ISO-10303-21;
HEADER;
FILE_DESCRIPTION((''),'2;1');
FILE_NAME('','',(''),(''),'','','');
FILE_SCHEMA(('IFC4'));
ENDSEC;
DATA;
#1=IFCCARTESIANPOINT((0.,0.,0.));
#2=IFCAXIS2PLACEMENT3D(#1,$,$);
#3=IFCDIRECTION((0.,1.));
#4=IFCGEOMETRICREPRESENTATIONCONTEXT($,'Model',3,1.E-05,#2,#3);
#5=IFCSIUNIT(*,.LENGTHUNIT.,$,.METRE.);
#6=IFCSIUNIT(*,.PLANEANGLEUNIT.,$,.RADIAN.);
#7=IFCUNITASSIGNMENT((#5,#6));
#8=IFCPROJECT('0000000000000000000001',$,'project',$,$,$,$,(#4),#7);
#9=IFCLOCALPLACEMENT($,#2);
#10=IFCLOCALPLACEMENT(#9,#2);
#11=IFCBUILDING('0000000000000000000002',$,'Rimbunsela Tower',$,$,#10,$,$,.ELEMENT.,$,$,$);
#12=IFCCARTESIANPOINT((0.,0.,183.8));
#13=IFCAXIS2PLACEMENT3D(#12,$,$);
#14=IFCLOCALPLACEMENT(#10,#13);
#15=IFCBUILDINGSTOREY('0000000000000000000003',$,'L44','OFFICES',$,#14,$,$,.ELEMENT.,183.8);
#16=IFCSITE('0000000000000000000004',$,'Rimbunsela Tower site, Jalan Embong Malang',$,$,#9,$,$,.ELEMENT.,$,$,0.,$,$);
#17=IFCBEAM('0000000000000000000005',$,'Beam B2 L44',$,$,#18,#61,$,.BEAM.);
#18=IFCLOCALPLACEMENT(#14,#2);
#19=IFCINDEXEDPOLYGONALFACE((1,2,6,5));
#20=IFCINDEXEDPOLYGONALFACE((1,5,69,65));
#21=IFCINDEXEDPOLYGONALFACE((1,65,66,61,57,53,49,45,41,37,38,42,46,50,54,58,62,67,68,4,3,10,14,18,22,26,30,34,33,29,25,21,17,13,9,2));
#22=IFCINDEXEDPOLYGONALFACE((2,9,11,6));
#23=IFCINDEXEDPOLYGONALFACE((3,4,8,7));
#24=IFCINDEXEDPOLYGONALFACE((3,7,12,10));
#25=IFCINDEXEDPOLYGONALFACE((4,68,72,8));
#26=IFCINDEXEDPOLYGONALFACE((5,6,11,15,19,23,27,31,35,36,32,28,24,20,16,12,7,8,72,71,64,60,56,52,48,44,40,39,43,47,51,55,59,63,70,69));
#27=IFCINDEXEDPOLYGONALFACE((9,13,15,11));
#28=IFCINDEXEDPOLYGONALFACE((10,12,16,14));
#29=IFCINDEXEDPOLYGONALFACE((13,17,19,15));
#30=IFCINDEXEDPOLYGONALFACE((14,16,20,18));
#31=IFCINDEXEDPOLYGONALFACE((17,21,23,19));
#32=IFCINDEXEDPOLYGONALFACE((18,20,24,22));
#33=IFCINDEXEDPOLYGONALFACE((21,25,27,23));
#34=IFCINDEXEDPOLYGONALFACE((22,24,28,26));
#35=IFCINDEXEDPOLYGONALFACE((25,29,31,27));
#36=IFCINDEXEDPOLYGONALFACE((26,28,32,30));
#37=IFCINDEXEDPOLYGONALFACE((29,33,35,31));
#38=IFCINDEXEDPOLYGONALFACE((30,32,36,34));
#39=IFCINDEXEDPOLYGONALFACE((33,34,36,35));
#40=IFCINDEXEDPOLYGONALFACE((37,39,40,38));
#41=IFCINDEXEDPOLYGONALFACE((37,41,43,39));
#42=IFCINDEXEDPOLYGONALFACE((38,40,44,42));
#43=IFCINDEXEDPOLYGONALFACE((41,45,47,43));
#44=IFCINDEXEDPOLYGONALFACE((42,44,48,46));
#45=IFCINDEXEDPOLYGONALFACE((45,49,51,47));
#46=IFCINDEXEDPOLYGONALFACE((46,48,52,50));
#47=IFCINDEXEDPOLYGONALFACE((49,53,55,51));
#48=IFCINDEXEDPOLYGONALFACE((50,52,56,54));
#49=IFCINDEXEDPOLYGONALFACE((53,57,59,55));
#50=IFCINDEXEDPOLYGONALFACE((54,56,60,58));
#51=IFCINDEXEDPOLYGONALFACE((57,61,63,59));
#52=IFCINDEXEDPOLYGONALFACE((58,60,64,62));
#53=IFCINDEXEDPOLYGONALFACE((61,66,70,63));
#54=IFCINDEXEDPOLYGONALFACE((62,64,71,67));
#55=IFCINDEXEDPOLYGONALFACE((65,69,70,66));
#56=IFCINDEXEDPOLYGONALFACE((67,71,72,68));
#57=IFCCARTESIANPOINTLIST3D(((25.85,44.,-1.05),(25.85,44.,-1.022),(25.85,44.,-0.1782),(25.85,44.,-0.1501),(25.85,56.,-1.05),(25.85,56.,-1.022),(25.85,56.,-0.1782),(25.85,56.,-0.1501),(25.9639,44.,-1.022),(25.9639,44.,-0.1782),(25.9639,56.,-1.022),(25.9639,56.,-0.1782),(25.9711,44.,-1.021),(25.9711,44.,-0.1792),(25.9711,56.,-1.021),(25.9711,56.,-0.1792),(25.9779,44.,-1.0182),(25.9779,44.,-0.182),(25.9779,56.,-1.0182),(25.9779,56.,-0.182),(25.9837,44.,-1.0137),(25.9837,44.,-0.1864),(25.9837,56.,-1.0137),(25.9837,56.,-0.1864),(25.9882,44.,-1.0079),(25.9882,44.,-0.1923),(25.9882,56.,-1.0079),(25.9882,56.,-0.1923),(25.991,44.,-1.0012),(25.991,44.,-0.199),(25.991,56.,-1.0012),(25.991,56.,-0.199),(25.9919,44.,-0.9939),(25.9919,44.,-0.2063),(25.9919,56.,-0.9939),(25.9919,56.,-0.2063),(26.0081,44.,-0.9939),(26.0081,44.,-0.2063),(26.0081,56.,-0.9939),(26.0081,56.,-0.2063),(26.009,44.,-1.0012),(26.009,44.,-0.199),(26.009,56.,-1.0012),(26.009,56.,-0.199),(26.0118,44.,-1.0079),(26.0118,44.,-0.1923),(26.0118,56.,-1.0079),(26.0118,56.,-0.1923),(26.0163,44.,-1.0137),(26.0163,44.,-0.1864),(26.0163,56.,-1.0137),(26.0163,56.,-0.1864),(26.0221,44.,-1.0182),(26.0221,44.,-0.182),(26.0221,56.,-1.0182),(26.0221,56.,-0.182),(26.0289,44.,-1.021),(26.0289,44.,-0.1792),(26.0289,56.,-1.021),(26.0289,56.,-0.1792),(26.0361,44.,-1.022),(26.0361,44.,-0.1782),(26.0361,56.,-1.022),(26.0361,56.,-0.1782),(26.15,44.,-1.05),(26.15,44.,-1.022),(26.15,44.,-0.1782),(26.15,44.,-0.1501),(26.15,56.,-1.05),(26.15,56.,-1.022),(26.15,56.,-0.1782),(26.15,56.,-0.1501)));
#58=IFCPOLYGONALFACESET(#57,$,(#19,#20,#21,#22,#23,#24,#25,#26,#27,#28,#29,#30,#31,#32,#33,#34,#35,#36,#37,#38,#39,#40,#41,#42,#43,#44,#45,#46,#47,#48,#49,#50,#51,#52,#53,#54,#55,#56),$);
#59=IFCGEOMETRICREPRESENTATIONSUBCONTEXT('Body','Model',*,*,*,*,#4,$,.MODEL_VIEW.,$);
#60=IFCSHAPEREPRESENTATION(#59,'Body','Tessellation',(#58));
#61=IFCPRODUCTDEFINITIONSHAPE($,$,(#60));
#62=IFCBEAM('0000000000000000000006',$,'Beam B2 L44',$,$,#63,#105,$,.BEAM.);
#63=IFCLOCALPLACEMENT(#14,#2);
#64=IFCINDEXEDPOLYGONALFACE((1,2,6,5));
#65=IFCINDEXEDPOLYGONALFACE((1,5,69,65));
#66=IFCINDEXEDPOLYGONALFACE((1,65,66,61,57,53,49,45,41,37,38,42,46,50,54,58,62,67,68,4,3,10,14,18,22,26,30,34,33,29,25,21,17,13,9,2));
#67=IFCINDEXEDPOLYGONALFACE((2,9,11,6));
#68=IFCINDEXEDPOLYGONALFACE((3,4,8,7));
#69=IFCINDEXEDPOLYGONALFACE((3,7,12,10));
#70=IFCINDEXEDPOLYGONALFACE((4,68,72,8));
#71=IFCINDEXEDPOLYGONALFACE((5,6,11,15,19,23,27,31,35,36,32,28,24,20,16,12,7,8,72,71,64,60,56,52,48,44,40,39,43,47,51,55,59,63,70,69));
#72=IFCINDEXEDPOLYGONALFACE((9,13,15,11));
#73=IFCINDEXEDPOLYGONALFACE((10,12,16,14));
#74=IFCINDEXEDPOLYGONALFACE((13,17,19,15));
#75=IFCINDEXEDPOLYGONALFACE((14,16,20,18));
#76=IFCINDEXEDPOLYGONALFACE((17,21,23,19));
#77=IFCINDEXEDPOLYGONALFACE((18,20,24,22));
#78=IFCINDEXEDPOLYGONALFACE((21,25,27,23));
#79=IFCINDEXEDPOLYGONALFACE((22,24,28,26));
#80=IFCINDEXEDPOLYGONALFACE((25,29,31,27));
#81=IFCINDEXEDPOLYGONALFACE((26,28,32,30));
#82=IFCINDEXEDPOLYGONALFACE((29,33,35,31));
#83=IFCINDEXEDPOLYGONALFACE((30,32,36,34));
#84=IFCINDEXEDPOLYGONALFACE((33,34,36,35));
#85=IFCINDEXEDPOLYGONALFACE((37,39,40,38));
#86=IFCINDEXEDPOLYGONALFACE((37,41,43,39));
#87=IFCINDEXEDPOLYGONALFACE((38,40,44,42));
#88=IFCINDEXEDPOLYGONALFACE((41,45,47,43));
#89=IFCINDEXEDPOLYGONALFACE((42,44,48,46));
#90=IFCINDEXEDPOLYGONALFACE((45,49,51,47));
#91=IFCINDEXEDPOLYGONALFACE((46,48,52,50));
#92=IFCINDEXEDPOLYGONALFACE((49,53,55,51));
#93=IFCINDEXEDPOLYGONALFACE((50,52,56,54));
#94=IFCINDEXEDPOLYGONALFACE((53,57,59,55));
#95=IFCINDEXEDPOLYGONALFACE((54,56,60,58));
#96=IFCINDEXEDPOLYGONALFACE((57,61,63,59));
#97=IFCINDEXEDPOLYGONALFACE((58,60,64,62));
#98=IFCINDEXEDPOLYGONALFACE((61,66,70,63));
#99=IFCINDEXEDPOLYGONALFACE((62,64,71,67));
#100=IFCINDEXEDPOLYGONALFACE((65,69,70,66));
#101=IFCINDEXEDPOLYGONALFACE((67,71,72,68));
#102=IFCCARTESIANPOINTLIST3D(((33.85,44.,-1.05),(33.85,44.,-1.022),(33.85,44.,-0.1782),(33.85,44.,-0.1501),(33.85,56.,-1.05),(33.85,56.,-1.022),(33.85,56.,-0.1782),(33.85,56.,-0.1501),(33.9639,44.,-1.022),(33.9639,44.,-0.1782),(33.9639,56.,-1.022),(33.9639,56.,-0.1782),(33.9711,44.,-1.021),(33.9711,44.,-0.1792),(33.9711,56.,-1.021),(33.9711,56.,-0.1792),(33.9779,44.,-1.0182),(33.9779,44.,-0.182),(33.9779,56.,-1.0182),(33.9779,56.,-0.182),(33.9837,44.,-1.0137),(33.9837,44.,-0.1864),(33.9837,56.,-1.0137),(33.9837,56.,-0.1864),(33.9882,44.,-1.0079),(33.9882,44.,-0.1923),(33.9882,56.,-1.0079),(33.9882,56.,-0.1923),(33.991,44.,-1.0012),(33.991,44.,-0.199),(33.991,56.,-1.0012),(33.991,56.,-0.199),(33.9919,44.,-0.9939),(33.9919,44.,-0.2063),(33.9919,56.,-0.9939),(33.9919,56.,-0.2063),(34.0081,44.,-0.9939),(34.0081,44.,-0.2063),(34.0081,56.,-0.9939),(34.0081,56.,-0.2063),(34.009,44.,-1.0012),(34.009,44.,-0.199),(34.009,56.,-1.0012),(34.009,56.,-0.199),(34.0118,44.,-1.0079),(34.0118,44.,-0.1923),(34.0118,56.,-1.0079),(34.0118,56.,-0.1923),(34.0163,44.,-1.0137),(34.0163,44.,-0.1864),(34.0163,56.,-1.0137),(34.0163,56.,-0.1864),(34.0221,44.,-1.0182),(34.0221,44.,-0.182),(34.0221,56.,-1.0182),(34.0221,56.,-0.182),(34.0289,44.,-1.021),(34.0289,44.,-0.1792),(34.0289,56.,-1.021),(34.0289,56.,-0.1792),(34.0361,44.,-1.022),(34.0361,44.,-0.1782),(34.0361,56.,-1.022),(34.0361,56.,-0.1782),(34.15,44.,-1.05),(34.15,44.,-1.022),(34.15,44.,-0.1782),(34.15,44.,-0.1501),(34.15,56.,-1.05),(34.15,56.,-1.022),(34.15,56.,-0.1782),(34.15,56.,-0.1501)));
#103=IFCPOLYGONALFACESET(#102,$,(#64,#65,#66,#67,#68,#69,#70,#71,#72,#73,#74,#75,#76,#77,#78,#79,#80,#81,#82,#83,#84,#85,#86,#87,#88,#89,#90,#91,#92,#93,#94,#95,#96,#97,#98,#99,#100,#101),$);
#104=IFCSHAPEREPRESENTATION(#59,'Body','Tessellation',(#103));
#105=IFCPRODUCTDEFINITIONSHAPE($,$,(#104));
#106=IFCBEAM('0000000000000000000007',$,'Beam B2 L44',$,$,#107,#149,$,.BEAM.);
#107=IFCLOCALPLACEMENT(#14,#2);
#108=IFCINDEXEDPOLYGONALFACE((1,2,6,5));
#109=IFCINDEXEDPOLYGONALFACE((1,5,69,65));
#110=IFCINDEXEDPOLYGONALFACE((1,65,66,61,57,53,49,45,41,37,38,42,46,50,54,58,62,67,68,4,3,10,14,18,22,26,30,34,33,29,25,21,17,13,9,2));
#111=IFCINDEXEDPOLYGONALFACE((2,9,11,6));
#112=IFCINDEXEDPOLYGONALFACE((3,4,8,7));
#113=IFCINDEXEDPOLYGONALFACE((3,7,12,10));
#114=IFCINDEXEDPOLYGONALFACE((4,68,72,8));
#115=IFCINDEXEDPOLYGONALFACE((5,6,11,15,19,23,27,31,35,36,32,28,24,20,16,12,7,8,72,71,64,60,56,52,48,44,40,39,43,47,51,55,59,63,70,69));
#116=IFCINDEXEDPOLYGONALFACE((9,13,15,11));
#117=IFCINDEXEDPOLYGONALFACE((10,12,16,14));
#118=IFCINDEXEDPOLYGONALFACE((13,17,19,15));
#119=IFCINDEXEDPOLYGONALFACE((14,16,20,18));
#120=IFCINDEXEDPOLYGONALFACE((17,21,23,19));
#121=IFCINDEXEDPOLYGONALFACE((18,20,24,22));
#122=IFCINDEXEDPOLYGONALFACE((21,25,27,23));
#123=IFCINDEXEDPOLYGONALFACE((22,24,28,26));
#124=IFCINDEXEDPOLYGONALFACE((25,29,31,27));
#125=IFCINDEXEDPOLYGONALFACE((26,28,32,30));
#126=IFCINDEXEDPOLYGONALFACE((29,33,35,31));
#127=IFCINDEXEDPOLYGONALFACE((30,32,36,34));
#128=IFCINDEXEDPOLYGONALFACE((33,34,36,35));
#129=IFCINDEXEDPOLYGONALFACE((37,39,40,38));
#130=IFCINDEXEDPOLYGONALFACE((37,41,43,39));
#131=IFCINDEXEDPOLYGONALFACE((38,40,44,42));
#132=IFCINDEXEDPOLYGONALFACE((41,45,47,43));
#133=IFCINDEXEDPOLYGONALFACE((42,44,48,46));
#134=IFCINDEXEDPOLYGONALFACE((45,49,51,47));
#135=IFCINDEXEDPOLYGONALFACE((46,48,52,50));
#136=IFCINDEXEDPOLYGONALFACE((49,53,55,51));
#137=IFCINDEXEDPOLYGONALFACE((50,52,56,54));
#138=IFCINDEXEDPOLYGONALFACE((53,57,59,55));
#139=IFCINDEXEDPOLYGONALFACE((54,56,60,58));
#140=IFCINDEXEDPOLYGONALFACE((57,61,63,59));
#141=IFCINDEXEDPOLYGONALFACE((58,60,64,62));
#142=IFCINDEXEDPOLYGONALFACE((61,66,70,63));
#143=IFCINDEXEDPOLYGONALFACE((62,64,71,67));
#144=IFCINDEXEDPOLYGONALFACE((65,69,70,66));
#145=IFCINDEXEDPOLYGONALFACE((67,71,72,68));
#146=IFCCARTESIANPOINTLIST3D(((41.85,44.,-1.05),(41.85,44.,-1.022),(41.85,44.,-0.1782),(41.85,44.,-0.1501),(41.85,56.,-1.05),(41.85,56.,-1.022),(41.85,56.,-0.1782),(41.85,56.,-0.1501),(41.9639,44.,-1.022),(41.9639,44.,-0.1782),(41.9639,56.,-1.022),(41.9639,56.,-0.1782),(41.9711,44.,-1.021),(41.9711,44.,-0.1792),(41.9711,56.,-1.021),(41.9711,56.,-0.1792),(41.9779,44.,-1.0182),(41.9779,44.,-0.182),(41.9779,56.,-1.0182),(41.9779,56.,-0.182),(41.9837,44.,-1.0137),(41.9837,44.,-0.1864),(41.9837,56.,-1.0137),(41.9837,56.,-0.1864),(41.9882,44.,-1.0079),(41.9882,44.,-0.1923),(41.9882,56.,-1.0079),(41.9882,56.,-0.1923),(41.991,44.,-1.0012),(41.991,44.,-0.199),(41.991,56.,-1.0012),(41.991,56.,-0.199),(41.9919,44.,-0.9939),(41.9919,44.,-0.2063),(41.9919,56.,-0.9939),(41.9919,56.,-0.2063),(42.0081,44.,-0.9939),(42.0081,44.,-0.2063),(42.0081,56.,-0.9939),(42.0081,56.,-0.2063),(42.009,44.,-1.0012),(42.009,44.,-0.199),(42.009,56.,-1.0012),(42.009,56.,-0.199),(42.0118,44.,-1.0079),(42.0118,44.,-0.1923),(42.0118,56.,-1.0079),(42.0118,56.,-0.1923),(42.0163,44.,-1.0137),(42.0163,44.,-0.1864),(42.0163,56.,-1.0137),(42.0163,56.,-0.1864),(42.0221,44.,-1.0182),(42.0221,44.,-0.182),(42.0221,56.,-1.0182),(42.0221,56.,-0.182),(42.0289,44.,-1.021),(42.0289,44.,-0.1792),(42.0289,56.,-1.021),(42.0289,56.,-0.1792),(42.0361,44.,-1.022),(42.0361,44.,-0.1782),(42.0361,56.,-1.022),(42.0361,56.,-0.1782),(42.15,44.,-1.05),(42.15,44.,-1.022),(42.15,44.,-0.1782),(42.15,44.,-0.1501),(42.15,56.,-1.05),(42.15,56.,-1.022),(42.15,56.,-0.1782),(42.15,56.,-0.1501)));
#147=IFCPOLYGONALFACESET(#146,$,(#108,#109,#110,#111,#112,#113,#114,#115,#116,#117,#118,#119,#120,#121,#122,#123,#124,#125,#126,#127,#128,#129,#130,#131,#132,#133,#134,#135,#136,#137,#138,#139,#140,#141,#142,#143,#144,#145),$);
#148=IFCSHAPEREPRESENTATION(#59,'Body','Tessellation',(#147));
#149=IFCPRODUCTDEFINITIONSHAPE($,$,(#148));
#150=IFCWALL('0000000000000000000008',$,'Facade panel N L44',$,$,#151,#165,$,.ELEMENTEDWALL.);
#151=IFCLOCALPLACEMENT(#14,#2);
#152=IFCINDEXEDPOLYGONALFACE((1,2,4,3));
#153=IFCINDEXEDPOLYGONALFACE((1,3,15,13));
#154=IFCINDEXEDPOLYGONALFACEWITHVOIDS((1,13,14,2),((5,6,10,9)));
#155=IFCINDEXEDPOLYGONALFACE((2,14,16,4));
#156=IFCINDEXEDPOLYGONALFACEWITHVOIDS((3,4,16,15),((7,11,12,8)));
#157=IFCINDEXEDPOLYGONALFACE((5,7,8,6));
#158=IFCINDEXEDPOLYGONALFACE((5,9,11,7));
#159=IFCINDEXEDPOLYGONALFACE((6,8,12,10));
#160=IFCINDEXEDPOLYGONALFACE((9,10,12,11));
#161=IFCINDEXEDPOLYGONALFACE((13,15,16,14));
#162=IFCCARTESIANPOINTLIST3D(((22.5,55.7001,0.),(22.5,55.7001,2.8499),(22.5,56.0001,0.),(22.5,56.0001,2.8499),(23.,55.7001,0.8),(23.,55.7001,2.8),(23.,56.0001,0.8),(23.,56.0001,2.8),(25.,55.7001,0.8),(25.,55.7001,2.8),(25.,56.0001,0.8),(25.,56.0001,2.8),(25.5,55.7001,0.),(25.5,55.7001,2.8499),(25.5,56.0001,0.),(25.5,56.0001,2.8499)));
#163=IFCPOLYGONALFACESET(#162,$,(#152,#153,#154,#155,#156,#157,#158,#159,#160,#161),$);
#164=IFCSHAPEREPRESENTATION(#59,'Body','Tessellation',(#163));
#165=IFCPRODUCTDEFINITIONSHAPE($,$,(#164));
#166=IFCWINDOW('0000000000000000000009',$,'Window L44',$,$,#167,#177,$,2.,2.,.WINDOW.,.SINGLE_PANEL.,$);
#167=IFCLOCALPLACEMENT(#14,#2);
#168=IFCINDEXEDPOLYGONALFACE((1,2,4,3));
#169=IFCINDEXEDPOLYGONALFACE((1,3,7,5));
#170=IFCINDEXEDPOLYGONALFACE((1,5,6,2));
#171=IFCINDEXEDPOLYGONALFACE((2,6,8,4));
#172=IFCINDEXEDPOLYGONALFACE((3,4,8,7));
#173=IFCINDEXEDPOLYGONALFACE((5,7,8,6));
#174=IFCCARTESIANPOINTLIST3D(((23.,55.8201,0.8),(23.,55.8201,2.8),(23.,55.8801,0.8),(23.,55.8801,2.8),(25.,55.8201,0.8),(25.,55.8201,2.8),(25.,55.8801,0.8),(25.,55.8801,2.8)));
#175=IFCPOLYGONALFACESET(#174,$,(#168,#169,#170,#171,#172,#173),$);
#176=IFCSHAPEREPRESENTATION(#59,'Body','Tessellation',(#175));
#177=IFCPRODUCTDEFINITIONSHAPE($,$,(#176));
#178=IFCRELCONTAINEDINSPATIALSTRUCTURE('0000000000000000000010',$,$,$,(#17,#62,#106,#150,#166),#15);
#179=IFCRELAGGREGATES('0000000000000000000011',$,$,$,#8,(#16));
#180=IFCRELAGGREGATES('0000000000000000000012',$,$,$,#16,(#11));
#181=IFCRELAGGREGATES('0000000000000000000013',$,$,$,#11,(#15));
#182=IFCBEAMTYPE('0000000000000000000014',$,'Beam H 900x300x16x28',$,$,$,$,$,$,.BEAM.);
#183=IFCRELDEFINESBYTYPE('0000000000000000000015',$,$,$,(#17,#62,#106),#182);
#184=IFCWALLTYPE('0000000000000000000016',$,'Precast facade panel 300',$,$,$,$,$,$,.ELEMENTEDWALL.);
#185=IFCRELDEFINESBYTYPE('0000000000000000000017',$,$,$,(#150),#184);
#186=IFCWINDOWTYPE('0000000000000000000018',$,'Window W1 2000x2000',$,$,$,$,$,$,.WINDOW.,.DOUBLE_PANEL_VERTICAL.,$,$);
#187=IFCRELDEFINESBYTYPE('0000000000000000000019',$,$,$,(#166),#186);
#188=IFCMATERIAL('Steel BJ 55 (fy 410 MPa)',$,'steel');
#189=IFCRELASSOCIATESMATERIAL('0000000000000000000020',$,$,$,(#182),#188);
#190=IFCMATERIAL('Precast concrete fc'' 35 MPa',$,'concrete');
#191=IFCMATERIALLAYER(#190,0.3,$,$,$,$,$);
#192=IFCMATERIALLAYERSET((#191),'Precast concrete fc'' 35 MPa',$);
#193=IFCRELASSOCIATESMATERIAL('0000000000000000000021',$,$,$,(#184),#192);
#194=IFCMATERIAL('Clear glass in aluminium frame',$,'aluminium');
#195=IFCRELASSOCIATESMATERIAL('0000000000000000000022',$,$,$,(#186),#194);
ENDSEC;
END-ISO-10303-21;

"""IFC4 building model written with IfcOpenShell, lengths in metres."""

from ifc_helpers import new_model, si_unit, direction, frame, frame_2d, origin, origin_2d, place, context, subcontext, project, spatial, rectangle, i_section, extrude, material, layer, layer_set, material_profile, profile_set, type_object, element, fill, save


model = new_model("IFC4")

# Units and contexts
model_context = context("Model", 3, precision=1e-05, world=origin(), true_north=direction((0.0, 1.0)))
body_context = subcontext(model_context, "Body", "Model", "MODEL_VIEW")
ifc_project = project(units=[si_unit("LENGTHUNIT", "METRE"), si_unit("PLANEANGLEUNIT", "RADIAN")], contexts=[model_context])

# Site, building, storey
site_placement = place(None, origin())
site = spatial("IfcSite", under=ifc_project, at=site_placement, Name="Rimbunsela Tower site, Jalan Embong Malang", CompositionType="ELEMENT", RefElevation=0.0)
building_placement = place(site_placement, origin())
building = spatial("IfcBuilding", under=site, at=building_placement, Name="Rimbunsela Tower", CompositionType="ELEMENT")
storey_placement = place(building_placement, frame((0.0, 0.0, 183.8)))
storey = spatial("IfcBuildingStorey", under=building, at=storey_placement, Name="L44", Description="OFFICES", CompositionType="ELEMENT", Elevation=183.8)

# Beams
ifc_material_1 = material(Name="Steel BJ 55 (fy 410 MPa)", Category="steel")
ifc_material_profile_1 = material_profile(ifc_material_1, i_section(OverallWidth=0.3, OverallDepth=0.8999, WebThickness=0.0161, FlangeThickness=0.0281, FilletRadius=0.0281, at=origin_2d()), Name="H 900x300x16x28")
ifc_profile_set_1 = profile_set([ifc_material_profile_1], Name="Steel BJ 55 (fy 410 MPa)")
beam_type_1 = type_object("IfcBeamType", Name="Beam H 900x300x16x28", PredefinedType="BEAM", material=ifc_profile_set_1)
for number, where, z_axis, x_axis, name in (
    (1, (26.0, 44.0, -0.6001), (0.0, 1.0, 0.0), (-1.0, 0.0, 0.0), "Beam B2 L44"),
    (2, (34.0, 44.0, -0.6001), (0.0, 1.0, 0.0), (-1.0, 0.0, 0.0), "Beam B2 L44"),
    (3, (42.0, 44.0, -0.6001), (0.0, 1.0, 0.0), (-1.0, 0.0, 0.0), "Beam B2 L44"),
):
    element("IfcBeam", number, at=place(storey_placement, frame(where, z_axis=z_axis, x_axis=x_axis)), inside=storey, type_object=beam_type_1, Name=name, PredefinedType="BEAM", context=body_context, shape_type="SweptSolid", body=[
        extrude(i_section(OverallWidth=0.3, OverallDepth=0.8999, WebThickness=0.0161, FlangeThickness=0.0281, FilletRadius=0.0281, at=origin_2d()), origin(), (0.0, 0.0, 1.0), 12.0),
    ])

# Wall, opening, window
ifc_material_2 = material(Name="Precast concrete fc' 35 MPa", Category="concrete")
ifc_layer_1 = layer(ifc_material_2, 0.3)
ifc_layer_set_1 = layer_set([ifc_layer_1], Name="Precast concrete fc' 35 MPa")
wall_type_1 = type_object("IfcWallType", Name="Precast facade panel 300", PredefinedType="ELEMENTEDWALL", material=ifc_layer_set_1)
wall_1_placement = place(storey_placement, frame((25.5, 55.8501, 0.0), z_axis=(0.0, 0.0, 1.0), x_axis=(-1.0, 0.0, 0.0)))
wall_1 = element("IfcWall", 4, at=wall_1_placement, inside=storey, type_object=wall_type_1, Name="Facade panel N L44", PredefinedType="ELEMENTEDWALL", context=body_context, shape_type="SweptSolid", body=[
    extrude(rectangle(XDim=3.0, YDim=0.3, at=frame_2d((1.5, 0.0))), origin(), (0.0, 0.0, 1.0), 2.8499),
])
opening_1_placement = place(wall_1_placement, frame((0.5, 0.0, 0.8)))
opening_1 = element("IfcOpeningElement", 5, at=opening_1_placement, cuts=wall_1, PredefinedType="OPENING", context=body_context, shape_type="SweptSolid", body=[
    extrude(rectangle(XDim=2.0, YDim=2.0, at=frame_2d((1.0, 1.0))), frame((0.0, 0.1599, 0.0), z_axis=(0.0, -1.0, 0.0), x_axis=(1.0, 0.0, 0.0)), (0.0, 0.0, 1.0), 0.3201),
])
ifc_material_3 = material(Name="Clear glass in aluminium frame", Category="aluminium")
window_type_1 = type_object("IfcWindowType", Name="Window W1 2000x2000", PartitioningType="DOUBLE_PANEL_VERTICAL", PredefinedType="WINDOW", material=ifc_material_3)
window_1_placement = place(opening_1_placement, origin())
window_1 = element("IfcWindow", 6, at=window_1_placement, inside=storey, type_object=window_type_1, Name="Window L44", OverallHeight=2.0, OverallWidth=2.0, PartitioningType="SINGLE_PANEL", PredefinedType="WINDOW", context=body_context, shape_type="SweptSolid", body=[
    extrude(rectangle(XDim=2.0, YDim=2.0, at=frame_2d((1.0, 1.0))), frame((0.0, 0.03, 0.0), z_axis=(0.0, -1.0, 0.0), x_axis=(1.0, 0.0, 0.0)), (0.0, 0.0, 1.0), 0.0601),
])
fill(opening_1, window_1)

save(model, "model.ifc")
